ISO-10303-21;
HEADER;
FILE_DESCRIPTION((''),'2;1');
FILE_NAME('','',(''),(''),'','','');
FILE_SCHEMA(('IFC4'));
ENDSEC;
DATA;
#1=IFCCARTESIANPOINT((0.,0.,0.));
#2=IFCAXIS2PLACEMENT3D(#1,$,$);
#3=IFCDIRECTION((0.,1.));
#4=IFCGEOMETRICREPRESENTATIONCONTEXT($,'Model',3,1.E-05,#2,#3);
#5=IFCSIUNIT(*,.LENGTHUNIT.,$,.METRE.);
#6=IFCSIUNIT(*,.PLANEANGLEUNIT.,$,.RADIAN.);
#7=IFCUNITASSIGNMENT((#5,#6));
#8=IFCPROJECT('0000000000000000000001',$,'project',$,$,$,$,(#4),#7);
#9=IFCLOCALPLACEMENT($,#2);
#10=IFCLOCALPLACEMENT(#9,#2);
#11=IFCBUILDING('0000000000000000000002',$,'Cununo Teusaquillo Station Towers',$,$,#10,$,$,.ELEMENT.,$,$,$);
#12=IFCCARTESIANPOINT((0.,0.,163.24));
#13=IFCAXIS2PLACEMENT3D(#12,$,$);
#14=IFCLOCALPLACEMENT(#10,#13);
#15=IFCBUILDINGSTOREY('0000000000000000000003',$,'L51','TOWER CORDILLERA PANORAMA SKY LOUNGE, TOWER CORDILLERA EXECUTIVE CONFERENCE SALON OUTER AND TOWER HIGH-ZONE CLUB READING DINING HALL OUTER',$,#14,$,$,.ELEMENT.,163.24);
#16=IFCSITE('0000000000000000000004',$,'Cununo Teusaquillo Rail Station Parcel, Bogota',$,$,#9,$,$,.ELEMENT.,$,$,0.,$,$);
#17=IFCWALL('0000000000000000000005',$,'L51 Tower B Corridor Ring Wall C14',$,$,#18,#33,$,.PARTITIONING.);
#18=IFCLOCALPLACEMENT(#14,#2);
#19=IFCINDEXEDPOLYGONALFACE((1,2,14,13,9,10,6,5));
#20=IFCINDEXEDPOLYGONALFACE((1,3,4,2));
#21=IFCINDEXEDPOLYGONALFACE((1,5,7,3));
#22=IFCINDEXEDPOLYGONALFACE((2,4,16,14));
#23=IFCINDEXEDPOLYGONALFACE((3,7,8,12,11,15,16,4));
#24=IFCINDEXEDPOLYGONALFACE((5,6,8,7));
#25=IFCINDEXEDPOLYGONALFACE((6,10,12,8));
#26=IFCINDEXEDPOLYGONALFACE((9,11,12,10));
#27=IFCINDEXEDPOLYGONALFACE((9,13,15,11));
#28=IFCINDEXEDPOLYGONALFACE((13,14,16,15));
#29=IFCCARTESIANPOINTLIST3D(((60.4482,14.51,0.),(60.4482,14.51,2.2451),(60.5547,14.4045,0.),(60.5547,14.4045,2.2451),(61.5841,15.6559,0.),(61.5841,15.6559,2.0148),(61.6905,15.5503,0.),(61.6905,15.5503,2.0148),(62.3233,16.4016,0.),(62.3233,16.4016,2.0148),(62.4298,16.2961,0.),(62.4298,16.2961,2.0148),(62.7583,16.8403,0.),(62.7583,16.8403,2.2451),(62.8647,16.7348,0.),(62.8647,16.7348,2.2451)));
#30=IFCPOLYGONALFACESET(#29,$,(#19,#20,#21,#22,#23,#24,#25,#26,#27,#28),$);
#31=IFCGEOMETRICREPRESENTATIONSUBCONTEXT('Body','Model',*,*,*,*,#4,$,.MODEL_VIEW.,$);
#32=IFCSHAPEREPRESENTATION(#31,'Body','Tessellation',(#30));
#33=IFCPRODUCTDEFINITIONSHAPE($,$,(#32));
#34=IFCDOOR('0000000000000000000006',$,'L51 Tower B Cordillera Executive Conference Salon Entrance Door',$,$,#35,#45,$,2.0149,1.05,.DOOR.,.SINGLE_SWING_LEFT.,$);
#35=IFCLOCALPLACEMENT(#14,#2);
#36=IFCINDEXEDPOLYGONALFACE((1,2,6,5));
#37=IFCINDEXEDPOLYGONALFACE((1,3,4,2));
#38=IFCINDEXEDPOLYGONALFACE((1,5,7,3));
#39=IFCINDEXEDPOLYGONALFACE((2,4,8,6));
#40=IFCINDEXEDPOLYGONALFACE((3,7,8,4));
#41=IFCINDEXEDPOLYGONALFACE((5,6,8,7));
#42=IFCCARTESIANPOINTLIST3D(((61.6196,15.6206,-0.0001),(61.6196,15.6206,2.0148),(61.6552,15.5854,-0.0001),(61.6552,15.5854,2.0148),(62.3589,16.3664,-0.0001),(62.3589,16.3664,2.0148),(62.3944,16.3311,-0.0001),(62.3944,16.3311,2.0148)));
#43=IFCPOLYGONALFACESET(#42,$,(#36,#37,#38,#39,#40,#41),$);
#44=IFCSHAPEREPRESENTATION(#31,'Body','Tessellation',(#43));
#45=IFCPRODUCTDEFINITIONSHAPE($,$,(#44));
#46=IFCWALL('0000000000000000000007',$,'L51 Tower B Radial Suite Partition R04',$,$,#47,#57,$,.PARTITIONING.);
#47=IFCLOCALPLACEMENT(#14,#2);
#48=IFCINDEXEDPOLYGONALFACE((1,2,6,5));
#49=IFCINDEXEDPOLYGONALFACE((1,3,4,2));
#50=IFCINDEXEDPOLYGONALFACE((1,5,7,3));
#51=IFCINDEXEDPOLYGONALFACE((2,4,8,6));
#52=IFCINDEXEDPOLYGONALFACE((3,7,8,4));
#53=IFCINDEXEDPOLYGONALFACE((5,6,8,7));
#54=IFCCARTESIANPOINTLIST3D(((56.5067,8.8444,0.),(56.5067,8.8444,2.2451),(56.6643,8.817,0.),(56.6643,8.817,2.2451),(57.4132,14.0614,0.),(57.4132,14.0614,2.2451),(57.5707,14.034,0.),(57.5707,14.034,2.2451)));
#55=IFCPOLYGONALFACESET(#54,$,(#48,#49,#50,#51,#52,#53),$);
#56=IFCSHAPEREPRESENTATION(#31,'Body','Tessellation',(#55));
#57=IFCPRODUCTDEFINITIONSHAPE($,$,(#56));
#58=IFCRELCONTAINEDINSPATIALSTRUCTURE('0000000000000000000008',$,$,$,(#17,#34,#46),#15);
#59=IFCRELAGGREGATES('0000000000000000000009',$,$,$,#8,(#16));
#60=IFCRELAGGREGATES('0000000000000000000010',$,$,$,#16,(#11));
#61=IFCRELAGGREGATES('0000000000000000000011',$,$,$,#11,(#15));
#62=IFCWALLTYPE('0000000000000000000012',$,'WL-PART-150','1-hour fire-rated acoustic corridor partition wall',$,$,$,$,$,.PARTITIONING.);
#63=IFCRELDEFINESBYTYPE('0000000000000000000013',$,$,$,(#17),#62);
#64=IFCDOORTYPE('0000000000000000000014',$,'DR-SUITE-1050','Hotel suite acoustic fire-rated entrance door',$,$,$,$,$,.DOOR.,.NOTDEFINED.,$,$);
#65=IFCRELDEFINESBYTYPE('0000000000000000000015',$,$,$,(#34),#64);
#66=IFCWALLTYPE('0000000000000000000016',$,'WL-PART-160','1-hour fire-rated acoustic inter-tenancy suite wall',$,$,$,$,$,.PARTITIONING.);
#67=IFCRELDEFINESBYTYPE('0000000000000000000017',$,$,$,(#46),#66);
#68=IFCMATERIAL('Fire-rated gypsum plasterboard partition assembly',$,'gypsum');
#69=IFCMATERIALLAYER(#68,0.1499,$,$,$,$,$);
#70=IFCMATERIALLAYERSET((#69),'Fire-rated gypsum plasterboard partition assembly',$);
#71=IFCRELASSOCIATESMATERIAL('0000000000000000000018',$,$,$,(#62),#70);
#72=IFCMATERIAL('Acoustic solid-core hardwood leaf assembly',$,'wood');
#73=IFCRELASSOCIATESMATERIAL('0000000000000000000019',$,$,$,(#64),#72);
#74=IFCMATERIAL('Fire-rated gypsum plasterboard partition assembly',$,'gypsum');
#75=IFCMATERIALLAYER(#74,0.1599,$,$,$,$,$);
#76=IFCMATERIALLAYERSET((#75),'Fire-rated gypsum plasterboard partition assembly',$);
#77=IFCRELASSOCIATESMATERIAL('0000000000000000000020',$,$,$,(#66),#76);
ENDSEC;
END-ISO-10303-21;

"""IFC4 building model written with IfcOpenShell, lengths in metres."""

from ifc_helpers import new_model, si_unit, direction, frame, frame_2d, origin, place, context, subcontext, project, spatial, rectangle, extrude, source, transform, mapped, material, layer, layer_set, type_object, element, fill, save


model = new_model("IFC4")

# Units and contexts
model_context = context("Model", 3, precision=1e-05, world=origin(), true_north=direction((0.0, 1.0)))
body_context = subcontext(model_context, "Body", "Model", "MODEL_VIEW")
ifc_project = project(units=[si_unit("LENGTHUNIT", "METRE"), si_unit("PLANEANGLEUNIT", "RADIAN")], contexts=[model_context])

# Site, building, storey
site_placement = place(None, origin())
site = spatial("IfcSite", under=ifc_project, at=site_placement, Name="Cununo Teusaquillo Rail Station Parcel, Bogota", CompositionType="ELEMENT", RefElevation=0.0)
building_placement = place(site_placement, origin())
building = spatial("IfcBuilding", under=site, at=building_placement, Name="Cununo Teusaquillo Station Towers", CompositionType="ELEMENT")
storey_placement = place(building_placement, frame((0.0, 0.0, 163.24)))
storey = spatial("IfcBuildingStorey", under=building, at=storey_placement, Name="L51", Description="TOWER CORDILLERA PANORAMA SKY LOUNGE, TOWER CORDILLERA EXECUTIVE CONFERENCE SALON OUTER AND TOWER HIGH-ZONE CLUB READING DINING HALL OUTER", CompositionType="ELEMENT", Elevation=163.24)

# Shared definitions
ifc_material_1 = material(Name="Fire-rated gypsum plasterboard partition assembly", Category="gypsum")
ifc_layer_1 = layer(ifc_material_1, 0.1499)
ifc_layer_set_1 = layer_set([ifc_layer_1], Name="Fire-rated gypsum plasterboard partition assembly")
wall_type_1 = type_object("IfcWallType", Name="WL-PART-150", Description="1-hour fire-rated acoustic corridor partition wall", PredefinedType="PARTITIONING", material=ifc_layer_set_1)

# Wall, opening, door
wall_1_placement = place(storey_placement, frame((60.5015, 14.4573, 0.0), z_axis=(0.0, 0.0, 1.0), x_axis=(0.704012, 0.710188, 0.0)))
wall_1 = element("IfcWall", 1, at=wall_1_placement, inside=storey, type_object=wall_type_1, Name="L51 Tower B Corridor Ring Wall C14", PredefinedType="PARTITIONING", context=body_context, shape_type="SweptSolid", body=[
    extrude(rectangle(XDim=3.2812, YDim=0.1499, at=frame_2d((1.6406, 0.0))), origin(), (0.0, 0.0, 1.0), 2.2451),
])
shared_shape_1 = source(origin(), body_context, "Body", "SweptSolid", [
    extrude(rectangle(XDim=1.05, YDim=2.0149, at=frame_2d((0.5249, 1.0073))), frame((0.0, 0.085, 0.0), z_axis=(0.0, -1.0, 0.0), x_axis=(1.0, 0.0, 0.0)), (0.0, 0.0, 1.0), 0.1699),
])
opening_1_placement = place(wall_1_placement, frame((1.6135, 0.0, 0.0)))
opening_1 = element("IfcOpeningElement", 2, at=opening_1_placement, cuts=wall_1, PredefinedType="OPENING", context=body_context, shape_type="MappedRepresentation", body=[
    mapped(shared_shape_1, transform((0.0, 0.0, 0.0), x_axis=(1.0, 0.0, 0.0), y_axis=(0.0, 1.0, 0.0), z_axis=(0.0, 0.0, 1.0), scale=1.0)),
])
ifc_material_2 = material(Name="Acoustic solid-core hardwood leaf assembly", Category="wood")
door_type_1 = type_object("IfcDoorType", Name="DR-SUITE-1050", Description="Hotel suite acoustic fire-rated entrance door", OperationType="NOTDEFINED", PredefinedType="DOOR", material=ifc_material_2)
shared_shape_2 = source(origin(), body_context, "Body", "SweptSolid", [
    extrude(rectangle(XDim=1.05, YDim=2.0149, at=frame_2d((0.5249, 1.0073))), frame((0.0, 0.0249, 0.0), z_axis=(0.0, -1.0, 0.0), x_axis=(1.0, 0.0, 0.0)), (0.0, 0.0, 1.0), 0.05),
])
door_1_placement = place(opening_1_placement, origin())
door_1 = element("IfcDoor", 3, at=door_1_placement, inside=storey, type_object=door_type_1, Name="L51 Tower B Cordillera Executive Conference Salon Entrance Door", OperationType="SINGLE_SWING_LEFT", OverallHeight=2.0149, OverallWidth=1.05, PredefinedType="DOOR", context=body_context, shape_type="MappedRepresentation", body=[
    mapped(shared_shape_2, transform((0.0, 0.0, 0.0), x_axis=(1.0, 0.0, 0.0), y_axis=(0.0, 1.0, 0.0), z_axis=(0.0, 0.0, 1.0), scale=1.0)),
])
fill(opening_1, door_1)

# Wall
ifc_material_3 = material(Name="Fire-rated gypsum plasterboard partition assembly", Category="gypsum")
ifc_layer_2 = layer(ifc_material_3, 0.1599)
ifc_layer_set_2 = layer_set([ifc_layer_2], Name="Fire-rated gypsum plasterboard partition assembly")
wall_type_2 = type_object("IfcWallType", Name="WL-PART-160", Description="1-hour fire-rated acoustic inter-tenancy suite wall", PredefinedType="PARTITIONING", material=ifc_layer_set_2)
wall_2_placement = place(storey_placement, frame((57.4919, 14.0476, 0.0), z_axis=(0.0, 0.0, 1.0), x_axis=(-0.171191, -0.985238, 0.0)))
element("IfcWall", 4, at=wall_2_placement, inside=storey, type_object=wall_type_2, Name="L51 Tower B Radial Suite Partition R04", PredefinedType="PARTITIONING", context=body_context, shape_type="SweptSolid", body=[
    extrude(rectangle(XDim=5.2952, YDim=0.1599, at=frame_2d((2.6475, 0.0))), origin(), (0.0, 0.0, 1.0), 2.2451),
])

save(model, "model.ifc")
